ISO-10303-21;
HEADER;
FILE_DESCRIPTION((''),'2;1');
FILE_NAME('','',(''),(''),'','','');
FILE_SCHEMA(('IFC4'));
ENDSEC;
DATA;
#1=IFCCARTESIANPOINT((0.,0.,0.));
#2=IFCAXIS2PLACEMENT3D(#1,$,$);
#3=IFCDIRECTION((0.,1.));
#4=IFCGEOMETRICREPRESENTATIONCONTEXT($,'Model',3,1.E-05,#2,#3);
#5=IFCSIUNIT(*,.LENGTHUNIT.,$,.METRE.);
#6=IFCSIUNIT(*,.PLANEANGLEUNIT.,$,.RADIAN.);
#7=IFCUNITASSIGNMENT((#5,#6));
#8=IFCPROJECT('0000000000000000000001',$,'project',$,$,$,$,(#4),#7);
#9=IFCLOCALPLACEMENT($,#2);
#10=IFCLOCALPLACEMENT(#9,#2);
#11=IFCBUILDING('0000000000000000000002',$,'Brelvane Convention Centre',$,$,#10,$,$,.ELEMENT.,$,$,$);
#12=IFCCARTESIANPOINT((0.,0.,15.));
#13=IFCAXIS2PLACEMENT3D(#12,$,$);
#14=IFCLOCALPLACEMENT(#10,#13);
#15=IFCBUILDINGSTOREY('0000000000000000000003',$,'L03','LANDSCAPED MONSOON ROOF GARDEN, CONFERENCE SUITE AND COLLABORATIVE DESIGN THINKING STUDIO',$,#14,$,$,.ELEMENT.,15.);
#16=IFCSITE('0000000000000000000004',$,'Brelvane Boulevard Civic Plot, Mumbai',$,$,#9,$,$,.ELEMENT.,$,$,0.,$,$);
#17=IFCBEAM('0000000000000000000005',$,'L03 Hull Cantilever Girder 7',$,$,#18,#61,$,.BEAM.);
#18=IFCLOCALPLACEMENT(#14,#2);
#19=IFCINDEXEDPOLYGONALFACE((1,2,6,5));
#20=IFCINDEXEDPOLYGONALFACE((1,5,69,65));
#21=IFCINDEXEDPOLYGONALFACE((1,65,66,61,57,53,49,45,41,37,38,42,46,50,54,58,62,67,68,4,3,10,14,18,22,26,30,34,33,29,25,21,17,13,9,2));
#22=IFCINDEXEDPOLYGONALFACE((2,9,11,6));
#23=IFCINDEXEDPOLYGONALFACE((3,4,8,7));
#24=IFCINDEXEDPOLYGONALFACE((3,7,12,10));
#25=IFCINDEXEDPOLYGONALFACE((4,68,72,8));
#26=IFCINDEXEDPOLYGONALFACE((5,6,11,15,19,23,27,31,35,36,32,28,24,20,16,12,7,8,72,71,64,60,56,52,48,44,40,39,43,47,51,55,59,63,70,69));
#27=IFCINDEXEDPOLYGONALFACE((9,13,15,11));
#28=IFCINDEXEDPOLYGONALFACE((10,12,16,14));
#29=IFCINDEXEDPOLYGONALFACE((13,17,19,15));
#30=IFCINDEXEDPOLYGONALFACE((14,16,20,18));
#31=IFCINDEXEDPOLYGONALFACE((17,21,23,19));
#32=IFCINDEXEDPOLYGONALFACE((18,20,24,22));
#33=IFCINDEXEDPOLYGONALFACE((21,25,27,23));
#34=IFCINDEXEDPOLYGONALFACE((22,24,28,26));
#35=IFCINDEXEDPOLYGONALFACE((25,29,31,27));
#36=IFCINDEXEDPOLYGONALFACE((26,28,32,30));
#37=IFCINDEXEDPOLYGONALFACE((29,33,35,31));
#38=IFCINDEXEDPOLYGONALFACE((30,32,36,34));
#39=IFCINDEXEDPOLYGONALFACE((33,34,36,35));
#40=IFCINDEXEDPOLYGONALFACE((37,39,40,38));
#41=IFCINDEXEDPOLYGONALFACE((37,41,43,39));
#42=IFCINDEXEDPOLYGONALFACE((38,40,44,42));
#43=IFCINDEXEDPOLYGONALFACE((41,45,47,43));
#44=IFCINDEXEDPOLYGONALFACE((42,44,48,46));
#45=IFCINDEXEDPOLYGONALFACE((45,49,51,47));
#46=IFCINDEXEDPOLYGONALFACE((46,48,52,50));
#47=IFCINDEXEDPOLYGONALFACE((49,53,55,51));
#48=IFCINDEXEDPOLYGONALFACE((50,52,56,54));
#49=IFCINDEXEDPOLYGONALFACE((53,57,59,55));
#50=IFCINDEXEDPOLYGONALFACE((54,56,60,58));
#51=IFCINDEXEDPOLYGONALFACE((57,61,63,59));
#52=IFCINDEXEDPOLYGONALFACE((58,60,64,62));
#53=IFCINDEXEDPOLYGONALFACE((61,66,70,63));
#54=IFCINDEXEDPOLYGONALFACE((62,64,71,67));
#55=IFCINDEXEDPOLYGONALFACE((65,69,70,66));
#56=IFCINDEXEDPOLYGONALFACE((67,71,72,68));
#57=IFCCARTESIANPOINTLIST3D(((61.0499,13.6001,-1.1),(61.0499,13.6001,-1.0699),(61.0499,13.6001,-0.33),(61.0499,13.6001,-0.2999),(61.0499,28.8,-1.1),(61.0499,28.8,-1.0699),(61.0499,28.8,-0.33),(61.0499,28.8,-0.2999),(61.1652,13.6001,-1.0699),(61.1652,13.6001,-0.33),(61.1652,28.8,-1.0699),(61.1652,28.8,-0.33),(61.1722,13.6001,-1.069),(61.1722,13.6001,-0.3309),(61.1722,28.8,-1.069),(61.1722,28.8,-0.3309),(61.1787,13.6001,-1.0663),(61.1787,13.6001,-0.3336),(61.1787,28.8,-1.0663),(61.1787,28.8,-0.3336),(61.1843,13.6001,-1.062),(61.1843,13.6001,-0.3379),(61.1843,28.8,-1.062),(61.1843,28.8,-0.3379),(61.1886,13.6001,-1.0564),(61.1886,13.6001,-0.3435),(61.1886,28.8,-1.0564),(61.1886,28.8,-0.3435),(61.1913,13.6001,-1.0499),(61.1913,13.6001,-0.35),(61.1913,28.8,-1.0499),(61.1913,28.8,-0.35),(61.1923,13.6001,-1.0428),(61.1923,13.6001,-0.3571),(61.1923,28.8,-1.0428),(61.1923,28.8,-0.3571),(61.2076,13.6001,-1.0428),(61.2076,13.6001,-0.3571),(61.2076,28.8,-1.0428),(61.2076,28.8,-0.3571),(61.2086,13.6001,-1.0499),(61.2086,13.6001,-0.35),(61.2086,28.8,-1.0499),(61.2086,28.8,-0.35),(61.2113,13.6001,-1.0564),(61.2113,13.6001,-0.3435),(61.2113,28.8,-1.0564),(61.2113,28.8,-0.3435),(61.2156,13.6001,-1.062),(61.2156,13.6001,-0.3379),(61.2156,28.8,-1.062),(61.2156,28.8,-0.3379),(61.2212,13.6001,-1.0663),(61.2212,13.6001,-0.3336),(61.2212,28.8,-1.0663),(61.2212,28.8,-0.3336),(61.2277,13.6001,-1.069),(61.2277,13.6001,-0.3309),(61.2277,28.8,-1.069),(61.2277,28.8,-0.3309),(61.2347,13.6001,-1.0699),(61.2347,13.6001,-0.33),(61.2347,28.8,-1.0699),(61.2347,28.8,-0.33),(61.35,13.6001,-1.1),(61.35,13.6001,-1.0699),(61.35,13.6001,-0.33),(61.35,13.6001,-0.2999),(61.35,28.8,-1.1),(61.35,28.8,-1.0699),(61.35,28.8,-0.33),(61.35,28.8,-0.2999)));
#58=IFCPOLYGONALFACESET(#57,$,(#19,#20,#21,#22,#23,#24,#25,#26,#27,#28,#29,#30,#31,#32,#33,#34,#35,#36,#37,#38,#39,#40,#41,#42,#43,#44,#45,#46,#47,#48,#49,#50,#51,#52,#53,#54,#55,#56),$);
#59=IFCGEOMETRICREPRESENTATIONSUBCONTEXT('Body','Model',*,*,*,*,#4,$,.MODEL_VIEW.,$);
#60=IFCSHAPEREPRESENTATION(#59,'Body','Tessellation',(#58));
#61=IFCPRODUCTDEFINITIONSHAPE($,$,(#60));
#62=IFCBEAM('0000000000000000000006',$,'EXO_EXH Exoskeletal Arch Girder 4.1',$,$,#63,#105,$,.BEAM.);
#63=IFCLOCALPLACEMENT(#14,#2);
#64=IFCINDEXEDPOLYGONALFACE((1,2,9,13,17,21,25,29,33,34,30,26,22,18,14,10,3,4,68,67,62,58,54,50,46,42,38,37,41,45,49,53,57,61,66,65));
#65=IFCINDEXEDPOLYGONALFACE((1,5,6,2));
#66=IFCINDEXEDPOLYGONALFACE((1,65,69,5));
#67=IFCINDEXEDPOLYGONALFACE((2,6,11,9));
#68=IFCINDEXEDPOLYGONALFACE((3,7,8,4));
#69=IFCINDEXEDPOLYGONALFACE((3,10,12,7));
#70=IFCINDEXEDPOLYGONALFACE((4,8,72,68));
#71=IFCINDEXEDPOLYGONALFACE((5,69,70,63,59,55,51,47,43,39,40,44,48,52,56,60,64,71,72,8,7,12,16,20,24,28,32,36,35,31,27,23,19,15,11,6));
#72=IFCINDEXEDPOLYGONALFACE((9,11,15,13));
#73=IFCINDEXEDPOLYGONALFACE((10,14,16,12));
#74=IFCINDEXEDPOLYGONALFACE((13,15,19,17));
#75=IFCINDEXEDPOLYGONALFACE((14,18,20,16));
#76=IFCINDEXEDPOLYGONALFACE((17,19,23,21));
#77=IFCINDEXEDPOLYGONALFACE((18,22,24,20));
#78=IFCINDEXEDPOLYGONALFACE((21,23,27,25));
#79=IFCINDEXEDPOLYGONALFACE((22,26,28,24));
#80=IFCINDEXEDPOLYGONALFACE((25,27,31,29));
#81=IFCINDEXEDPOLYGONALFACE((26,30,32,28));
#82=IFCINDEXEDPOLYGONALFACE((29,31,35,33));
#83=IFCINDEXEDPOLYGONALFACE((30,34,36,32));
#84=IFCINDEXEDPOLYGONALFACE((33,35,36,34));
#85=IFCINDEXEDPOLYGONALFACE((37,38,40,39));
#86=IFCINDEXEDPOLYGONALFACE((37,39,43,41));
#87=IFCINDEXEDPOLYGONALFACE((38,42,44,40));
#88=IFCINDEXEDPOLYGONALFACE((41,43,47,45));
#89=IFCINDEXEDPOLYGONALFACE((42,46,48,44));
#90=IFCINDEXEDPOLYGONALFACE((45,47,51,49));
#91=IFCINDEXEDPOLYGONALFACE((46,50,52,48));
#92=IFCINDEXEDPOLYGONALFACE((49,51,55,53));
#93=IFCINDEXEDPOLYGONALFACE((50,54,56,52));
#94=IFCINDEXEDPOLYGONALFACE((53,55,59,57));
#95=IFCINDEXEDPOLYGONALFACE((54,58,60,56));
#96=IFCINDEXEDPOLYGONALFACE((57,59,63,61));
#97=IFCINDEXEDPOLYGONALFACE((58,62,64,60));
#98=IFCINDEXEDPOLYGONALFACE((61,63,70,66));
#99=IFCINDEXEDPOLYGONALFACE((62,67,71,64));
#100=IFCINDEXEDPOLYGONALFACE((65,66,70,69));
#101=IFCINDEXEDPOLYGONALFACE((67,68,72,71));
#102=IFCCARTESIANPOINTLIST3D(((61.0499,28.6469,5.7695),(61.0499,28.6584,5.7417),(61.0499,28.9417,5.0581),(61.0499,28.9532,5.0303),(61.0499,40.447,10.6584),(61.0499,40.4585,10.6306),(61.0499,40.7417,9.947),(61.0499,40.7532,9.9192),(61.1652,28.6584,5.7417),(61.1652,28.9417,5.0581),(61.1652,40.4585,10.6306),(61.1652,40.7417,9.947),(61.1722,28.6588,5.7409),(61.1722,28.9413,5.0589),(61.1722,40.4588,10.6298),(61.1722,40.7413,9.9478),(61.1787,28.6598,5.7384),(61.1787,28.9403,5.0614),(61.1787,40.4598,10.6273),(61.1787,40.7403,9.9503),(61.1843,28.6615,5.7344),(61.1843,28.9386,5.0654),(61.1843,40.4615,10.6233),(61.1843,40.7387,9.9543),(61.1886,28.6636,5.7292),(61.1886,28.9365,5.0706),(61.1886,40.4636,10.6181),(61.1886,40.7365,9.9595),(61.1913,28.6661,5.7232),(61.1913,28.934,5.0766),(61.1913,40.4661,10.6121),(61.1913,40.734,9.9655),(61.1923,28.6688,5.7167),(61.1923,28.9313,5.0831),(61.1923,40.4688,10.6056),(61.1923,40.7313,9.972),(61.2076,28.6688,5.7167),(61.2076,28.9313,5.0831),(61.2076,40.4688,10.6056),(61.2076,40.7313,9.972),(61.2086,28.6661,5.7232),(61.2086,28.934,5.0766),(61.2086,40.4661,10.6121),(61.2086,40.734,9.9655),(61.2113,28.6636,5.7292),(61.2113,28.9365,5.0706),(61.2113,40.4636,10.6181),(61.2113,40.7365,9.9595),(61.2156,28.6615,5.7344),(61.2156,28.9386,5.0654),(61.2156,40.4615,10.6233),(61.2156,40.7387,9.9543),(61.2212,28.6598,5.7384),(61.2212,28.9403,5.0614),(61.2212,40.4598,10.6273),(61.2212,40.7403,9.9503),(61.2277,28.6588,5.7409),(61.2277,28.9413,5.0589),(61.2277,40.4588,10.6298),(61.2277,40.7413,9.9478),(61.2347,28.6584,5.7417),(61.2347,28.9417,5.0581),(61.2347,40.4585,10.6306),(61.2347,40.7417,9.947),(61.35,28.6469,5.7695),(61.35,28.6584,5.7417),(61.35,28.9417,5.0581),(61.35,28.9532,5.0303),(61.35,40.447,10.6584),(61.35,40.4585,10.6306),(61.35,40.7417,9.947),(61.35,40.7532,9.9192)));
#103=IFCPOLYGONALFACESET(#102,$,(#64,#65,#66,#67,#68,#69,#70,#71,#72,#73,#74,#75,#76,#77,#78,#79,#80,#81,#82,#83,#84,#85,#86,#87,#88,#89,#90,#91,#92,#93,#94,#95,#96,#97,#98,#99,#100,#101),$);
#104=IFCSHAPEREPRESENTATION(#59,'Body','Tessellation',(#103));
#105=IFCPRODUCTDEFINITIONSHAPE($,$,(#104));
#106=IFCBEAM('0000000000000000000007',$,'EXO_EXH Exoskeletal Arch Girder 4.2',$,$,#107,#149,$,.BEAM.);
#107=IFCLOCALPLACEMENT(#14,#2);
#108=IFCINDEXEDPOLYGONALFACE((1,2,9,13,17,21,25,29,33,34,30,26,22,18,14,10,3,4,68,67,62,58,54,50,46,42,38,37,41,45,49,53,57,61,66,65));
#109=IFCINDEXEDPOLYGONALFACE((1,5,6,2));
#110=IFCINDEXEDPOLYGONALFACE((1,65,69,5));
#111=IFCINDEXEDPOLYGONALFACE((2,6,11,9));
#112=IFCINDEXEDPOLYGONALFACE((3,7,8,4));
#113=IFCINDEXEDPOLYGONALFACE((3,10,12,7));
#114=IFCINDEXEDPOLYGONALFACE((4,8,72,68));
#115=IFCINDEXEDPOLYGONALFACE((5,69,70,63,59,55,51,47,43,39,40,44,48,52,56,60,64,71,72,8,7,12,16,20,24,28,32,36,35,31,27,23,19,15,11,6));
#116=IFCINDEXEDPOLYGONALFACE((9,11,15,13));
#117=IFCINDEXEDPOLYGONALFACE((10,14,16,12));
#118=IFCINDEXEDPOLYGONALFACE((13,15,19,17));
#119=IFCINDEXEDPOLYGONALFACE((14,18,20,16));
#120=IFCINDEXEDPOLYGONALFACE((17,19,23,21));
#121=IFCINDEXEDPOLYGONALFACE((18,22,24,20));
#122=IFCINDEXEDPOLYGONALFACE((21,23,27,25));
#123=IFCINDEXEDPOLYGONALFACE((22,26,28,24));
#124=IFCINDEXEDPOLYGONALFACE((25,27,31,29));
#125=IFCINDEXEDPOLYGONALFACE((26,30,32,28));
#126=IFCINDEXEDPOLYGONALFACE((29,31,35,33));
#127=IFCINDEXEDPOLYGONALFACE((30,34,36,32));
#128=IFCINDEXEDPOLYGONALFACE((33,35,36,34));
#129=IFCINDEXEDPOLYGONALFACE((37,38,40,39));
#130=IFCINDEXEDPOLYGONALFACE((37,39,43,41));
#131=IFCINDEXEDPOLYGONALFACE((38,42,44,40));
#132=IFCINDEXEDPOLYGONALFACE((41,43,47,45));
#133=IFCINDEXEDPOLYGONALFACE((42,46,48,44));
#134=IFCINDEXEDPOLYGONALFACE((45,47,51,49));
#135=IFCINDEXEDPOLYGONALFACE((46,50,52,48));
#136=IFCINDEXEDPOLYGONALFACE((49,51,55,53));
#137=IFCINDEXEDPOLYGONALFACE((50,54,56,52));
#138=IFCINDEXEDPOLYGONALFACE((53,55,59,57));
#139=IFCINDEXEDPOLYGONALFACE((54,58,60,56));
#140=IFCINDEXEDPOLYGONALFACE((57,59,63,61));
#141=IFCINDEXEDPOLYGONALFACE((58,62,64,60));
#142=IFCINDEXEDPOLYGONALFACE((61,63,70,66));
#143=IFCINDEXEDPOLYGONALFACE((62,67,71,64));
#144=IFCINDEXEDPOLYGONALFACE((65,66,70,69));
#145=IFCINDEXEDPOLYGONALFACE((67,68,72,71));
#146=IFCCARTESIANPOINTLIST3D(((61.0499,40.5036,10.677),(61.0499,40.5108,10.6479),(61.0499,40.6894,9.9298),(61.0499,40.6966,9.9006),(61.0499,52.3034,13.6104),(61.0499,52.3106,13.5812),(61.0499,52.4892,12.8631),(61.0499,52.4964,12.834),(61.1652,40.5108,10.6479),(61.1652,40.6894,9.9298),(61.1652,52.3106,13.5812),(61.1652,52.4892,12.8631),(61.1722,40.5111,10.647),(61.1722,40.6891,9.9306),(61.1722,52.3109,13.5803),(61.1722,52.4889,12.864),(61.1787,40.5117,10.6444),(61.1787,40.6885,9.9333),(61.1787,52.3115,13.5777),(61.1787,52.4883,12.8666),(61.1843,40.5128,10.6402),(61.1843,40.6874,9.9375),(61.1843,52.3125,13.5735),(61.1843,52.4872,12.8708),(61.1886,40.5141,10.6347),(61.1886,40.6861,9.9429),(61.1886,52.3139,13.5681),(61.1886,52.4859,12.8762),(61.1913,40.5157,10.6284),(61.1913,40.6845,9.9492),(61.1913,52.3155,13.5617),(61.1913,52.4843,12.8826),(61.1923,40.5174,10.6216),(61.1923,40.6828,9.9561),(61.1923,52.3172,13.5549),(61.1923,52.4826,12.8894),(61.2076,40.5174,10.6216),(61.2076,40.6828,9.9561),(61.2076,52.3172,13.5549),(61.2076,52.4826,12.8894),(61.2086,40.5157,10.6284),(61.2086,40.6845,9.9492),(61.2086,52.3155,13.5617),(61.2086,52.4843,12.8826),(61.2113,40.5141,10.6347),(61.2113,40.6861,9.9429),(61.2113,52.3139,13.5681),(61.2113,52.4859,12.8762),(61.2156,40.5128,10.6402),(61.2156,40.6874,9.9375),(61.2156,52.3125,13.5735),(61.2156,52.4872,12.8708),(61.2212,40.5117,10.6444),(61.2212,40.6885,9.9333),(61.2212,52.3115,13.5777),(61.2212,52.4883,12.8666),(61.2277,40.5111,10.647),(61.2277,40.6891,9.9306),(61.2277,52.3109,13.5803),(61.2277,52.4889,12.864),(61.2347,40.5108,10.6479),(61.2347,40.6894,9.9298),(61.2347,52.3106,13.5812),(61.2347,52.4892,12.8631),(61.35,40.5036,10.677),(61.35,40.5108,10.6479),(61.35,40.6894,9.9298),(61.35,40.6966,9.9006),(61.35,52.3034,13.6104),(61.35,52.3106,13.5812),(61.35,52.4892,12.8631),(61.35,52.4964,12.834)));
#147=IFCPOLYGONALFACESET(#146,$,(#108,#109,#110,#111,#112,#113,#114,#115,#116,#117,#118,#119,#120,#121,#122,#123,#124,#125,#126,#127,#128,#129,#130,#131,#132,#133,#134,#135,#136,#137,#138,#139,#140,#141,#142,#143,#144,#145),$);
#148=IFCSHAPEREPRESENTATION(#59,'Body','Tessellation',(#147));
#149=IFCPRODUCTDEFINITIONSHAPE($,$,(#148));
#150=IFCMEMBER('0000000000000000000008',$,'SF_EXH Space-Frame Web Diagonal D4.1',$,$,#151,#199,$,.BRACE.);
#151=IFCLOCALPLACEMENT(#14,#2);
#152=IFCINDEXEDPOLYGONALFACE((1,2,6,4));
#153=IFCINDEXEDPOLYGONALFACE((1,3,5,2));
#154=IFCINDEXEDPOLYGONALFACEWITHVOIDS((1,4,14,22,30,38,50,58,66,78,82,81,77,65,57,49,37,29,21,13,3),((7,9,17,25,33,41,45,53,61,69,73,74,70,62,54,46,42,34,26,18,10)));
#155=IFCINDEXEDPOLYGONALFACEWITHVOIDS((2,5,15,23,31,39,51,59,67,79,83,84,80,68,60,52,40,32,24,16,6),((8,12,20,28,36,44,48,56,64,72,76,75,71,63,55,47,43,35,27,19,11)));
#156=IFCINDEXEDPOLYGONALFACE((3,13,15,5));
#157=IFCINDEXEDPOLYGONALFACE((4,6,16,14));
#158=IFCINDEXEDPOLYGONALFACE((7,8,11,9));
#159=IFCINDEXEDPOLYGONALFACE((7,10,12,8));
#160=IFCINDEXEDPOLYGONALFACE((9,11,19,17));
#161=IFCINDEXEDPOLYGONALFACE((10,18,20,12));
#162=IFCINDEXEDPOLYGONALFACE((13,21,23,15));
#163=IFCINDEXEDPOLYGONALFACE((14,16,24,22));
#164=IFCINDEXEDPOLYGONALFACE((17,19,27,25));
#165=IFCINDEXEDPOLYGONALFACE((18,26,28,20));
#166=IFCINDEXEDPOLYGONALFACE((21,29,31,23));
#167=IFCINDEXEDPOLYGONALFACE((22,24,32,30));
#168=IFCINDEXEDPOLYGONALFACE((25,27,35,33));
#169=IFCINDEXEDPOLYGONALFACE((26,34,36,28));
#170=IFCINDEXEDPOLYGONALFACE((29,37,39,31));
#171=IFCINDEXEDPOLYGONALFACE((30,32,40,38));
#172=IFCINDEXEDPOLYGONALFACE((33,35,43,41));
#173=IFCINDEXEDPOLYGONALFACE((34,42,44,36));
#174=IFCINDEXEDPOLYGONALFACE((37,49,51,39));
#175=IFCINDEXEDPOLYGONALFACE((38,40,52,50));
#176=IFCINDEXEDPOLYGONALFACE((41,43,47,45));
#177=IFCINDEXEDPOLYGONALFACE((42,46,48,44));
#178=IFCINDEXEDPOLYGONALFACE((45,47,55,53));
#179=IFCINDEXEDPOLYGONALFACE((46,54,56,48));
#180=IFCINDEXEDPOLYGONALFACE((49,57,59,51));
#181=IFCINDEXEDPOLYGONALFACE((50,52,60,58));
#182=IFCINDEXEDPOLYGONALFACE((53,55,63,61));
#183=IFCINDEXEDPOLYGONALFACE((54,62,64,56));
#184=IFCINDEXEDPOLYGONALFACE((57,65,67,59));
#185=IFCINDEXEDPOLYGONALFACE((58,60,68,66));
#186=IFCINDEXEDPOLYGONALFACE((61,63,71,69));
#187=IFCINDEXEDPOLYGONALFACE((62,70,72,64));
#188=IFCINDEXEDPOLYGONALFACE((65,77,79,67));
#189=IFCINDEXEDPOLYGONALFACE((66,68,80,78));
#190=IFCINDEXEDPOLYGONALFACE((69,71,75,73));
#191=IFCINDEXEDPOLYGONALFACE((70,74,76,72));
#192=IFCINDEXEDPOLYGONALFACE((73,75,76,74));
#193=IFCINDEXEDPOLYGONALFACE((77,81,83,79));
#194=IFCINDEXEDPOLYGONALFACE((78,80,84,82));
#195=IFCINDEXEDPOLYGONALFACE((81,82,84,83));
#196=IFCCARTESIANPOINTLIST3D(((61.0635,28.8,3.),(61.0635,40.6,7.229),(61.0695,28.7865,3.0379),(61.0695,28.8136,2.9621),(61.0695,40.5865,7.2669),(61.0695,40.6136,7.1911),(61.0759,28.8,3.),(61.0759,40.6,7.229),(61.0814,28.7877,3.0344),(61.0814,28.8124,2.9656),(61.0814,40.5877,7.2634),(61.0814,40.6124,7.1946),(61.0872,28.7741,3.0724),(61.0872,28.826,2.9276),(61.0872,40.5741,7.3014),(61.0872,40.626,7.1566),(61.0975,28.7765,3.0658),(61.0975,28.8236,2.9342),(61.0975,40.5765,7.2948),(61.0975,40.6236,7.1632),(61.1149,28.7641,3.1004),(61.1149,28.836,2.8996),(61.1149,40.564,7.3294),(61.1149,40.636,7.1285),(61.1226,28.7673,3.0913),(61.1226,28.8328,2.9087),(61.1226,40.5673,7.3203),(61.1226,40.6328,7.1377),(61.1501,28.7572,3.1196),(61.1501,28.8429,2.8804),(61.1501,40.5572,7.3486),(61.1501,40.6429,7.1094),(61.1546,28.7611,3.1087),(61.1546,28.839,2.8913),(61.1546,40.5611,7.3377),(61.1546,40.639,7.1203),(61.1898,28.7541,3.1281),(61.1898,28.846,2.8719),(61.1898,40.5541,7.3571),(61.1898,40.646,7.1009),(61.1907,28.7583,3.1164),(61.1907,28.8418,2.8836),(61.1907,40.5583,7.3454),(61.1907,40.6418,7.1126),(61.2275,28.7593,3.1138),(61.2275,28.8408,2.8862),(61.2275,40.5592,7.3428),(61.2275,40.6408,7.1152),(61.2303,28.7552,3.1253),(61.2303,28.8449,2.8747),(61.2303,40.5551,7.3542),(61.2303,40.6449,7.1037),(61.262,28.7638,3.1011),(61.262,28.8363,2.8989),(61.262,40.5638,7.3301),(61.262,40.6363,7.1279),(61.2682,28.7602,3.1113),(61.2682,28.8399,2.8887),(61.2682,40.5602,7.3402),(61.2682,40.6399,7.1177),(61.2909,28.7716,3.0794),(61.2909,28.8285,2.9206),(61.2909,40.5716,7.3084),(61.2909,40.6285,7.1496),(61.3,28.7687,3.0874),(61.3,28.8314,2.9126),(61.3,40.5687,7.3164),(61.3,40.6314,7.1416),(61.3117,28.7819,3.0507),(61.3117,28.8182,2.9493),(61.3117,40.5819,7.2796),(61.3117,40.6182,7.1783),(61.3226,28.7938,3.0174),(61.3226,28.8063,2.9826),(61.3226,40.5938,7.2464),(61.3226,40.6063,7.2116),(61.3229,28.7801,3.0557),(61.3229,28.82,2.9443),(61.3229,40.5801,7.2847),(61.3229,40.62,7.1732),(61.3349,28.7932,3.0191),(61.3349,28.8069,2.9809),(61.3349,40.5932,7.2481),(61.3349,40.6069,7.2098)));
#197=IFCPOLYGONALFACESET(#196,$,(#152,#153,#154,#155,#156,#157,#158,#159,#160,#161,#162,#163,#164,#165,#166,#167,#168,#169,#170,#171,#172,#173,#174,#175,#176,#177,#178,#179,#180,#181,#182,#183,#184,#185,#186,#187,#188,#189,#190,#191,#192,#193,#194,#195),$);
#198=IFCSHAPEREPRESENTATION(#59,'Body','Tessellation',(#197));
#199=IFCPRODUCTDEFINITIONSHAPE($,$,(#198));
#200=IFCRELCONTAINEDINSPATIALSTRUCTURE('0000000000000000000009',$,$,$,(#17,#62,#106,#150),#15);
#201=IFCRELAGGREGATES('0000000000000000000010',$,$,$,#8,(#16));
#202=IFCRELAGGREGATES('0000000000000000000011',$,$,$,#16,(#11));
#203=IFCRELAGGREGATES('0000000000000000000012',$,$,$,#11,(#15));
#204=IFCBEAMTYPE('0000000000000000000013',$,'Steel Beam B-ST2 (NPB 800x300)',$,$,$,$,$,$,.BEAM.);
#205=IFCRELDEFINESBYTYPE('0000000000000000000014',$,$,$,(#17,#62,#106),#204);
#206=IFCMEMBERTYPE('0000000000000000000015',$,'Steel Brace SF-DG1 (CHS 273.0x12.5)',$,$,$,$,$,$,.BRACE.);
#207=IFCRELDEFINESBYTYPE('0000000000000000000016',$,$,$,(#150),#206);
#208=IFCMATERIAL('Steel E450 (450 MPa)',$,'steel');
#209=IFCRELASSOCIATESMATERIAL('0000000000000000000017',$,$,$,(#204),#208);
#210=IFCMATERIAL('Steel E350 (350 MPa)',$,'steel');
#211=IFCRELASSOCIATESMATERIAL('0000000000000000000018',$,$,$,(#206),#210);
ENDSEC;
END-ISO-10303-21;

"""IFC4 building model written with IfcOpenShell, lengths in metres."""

from ifc_helpers import new_model, si_unit, direction, frame, origin, origin_2d, place, context, subcontext, project, spatial, hollow_circle, i_section, extrude, material, material_profile, profile_set, type_object, element, save


model = new_model("IFC4")

# Units and contexts
model_context = context("Model", 3, precision=1e-05, world=origin(), true_north=direction((0.0, 1.0)))
body_context = subcontext(model_context, "Body", "Model", "MODEL_VIEW")
ifc_project = project(units=[si_unit("LENGTHUNIT", "METRE"), si_unit("PLANEANGLEUNIT", "RADIAN")], contexts=[model_context])

# Site, building, storey
site_placement = place(None, origin())
site = spatial("IfcSite", under=ifc_project, at=site_placement, Name="Brelvane Boulevard Civic Plot, Mumbai", CompositionType="ELEMENT", RefElevation=0.0)
building_placement = place(site_placement, origin())
building = spatial("IfcBuilding", under=site, at=building_placement, Name="Brelvane Convention Centre", CompositionType="ELEMENT")
storey_placement = place(building_placement, frame((0.0, 0.0, 15.0)))
storey = spatial("IfcBuildingStorey", under=building, at=storey_placement, Name="L03", Description="LANDSCAPED MONSOON ROOF GARDEN, CONFERENCE SUITE AND COLLABORATIVE DESIGN THINKING STUDIO", CompositionType="ELEMENT", Elevation=15.0)

# Beams
ifc_material_1 = material(Name="Steel E450 (450 MPa)", Category="steel")
ifc_material_profile_1 = material_profile(ifc_material_1, i_section(OverallWidth=0.3, OverallDepth=0.8, WebThickness=0.0154, FlangeThickness=0.03, FilletRadius=0.0271, at=origin_2d()), Name="NPB 800x300")
ifc_profile_set_1 = profile_set([ifc_material_profile_1], Name="Steel E450 (450 MPa)")
beam_type_1 = type_object("IfcBeamType", Name="Steel Beam B-ST2 (NPB 800x300)", PredefinedType="BEAM", material=ifc_profile_set_1)
for number, where, z_axis, x_axis, name in (
    (1, (61.2, 13.6001, -0.7), (0.0, 1.0, 0.0), (-1.0, 0.0, 0.0), "L03 Hull Cantilever Girder 7"),
):
    element("IfcBeam", number, at=place(storey_placement, frame(where, z_axis=z_axis, x_axis=x_axis)), inside=storey, type_object=beam_type_1, Name=name, PredefinedType="BEAM", context=body_context, shape_type="SweptSolid", body=[
        extrude(i_section(OverallWidth=0.3, OverallDepth=0.8, WebThickness=0.0154, FlangeThickness=0.03, FilletRadius=0.0271, at=origin_2d()), origin(), (0.0, 0.0, 1.0), 15.2),
    ])
beam_1_placement = place(storey_placement, frame((61.2, 28.8, 5.3999), z_axis=(0.0, 0.923847, 0.382762), x_axis=(-1.0, 0.0, 0.0)))
element("IfcBeam", 2, at=beam_1_placement, inside=storey, type_object=beam_type_1, Name="EXO_EXH Exoskeletal Arch Girder 4.1", PredefinedType="BEAM", context=body_context, shape_type="SweptSolid", body=[
    extrude(i_section(OverallWidth=0.3, OverallDepth=0.8, WebThickness=0.0154, FlangeThickness=0.03, FilletRadius=0.0271, at=origin_2d()), origin(), (0.0, 0.0, 1.0), 12.7727),
])
beam_2_placement = place(storey_placement, frame((61.2, 40.6001, 10.2888), z_axis=(0.0, 0.970463, 0.24125), x_axis=(-1.0, 0.0, 0.0)))
element("IfcBeam", 3, at=beam_2_placement, inside=storey, type_object=beam_type_1, Name="EXO_EXH Exoskeletal Arch Girder 4.2", PredefinedType="BEAM", context=body_context, shape_type="SweptSolid", body=[
    extrude(i_section(OverallWidth=0.3, OverallDepth=0.8, WebThickness=0.0154, FlangeThickness=0.03, FilletRadius=0.0271, at=origin_2d()), origin(), (0.0, 0.0, 1.0), 12.1589),
])

# Member
ifc_material_2 = material(Name="Steel E350 (350 MPa)", Category="steel")
ifc_material_profile_2 = material_profile(ifc_material_2, hollow_circle(Radius=0.1365, WallThickness=0.0125, at=origin_2d()), Name="CHS 273.0x12.5")
ifc_profile_set_2 = profile_set([ifc_material_profile_2], Name="Steel E350 (350 MPa)")
member_type_1 = type_object("IfcMemberType", Name="Steel Brace SF-DG1 (CHS 273.0x12.5)", PredefinedType="BRACE", material=ifc_profile_set_2)
member_1_placement = place(storey_placement, frame((61.2, 28.8, 3.0), z_axis=(0.0, 0.94137, 0.337376), x_axis=(-1.0, 0.0, 0.0)))
element("IfcMember", 4, at=member_1_placement, inside=storey, type_object=member_type_1, Name="SF_EXH Space-Frame Web Diagonal D4.1", PredefinedType="BRACE", context=body_context, shape_type="SweptSolid", body=[
    extrude(hollow_circle(Radius=0.1365, WallThickness=0.0125, at=origin_2d()), origin(), (0.0, 0.0, 1.0), 12.5349),
])

save(model, "model.ifc")
